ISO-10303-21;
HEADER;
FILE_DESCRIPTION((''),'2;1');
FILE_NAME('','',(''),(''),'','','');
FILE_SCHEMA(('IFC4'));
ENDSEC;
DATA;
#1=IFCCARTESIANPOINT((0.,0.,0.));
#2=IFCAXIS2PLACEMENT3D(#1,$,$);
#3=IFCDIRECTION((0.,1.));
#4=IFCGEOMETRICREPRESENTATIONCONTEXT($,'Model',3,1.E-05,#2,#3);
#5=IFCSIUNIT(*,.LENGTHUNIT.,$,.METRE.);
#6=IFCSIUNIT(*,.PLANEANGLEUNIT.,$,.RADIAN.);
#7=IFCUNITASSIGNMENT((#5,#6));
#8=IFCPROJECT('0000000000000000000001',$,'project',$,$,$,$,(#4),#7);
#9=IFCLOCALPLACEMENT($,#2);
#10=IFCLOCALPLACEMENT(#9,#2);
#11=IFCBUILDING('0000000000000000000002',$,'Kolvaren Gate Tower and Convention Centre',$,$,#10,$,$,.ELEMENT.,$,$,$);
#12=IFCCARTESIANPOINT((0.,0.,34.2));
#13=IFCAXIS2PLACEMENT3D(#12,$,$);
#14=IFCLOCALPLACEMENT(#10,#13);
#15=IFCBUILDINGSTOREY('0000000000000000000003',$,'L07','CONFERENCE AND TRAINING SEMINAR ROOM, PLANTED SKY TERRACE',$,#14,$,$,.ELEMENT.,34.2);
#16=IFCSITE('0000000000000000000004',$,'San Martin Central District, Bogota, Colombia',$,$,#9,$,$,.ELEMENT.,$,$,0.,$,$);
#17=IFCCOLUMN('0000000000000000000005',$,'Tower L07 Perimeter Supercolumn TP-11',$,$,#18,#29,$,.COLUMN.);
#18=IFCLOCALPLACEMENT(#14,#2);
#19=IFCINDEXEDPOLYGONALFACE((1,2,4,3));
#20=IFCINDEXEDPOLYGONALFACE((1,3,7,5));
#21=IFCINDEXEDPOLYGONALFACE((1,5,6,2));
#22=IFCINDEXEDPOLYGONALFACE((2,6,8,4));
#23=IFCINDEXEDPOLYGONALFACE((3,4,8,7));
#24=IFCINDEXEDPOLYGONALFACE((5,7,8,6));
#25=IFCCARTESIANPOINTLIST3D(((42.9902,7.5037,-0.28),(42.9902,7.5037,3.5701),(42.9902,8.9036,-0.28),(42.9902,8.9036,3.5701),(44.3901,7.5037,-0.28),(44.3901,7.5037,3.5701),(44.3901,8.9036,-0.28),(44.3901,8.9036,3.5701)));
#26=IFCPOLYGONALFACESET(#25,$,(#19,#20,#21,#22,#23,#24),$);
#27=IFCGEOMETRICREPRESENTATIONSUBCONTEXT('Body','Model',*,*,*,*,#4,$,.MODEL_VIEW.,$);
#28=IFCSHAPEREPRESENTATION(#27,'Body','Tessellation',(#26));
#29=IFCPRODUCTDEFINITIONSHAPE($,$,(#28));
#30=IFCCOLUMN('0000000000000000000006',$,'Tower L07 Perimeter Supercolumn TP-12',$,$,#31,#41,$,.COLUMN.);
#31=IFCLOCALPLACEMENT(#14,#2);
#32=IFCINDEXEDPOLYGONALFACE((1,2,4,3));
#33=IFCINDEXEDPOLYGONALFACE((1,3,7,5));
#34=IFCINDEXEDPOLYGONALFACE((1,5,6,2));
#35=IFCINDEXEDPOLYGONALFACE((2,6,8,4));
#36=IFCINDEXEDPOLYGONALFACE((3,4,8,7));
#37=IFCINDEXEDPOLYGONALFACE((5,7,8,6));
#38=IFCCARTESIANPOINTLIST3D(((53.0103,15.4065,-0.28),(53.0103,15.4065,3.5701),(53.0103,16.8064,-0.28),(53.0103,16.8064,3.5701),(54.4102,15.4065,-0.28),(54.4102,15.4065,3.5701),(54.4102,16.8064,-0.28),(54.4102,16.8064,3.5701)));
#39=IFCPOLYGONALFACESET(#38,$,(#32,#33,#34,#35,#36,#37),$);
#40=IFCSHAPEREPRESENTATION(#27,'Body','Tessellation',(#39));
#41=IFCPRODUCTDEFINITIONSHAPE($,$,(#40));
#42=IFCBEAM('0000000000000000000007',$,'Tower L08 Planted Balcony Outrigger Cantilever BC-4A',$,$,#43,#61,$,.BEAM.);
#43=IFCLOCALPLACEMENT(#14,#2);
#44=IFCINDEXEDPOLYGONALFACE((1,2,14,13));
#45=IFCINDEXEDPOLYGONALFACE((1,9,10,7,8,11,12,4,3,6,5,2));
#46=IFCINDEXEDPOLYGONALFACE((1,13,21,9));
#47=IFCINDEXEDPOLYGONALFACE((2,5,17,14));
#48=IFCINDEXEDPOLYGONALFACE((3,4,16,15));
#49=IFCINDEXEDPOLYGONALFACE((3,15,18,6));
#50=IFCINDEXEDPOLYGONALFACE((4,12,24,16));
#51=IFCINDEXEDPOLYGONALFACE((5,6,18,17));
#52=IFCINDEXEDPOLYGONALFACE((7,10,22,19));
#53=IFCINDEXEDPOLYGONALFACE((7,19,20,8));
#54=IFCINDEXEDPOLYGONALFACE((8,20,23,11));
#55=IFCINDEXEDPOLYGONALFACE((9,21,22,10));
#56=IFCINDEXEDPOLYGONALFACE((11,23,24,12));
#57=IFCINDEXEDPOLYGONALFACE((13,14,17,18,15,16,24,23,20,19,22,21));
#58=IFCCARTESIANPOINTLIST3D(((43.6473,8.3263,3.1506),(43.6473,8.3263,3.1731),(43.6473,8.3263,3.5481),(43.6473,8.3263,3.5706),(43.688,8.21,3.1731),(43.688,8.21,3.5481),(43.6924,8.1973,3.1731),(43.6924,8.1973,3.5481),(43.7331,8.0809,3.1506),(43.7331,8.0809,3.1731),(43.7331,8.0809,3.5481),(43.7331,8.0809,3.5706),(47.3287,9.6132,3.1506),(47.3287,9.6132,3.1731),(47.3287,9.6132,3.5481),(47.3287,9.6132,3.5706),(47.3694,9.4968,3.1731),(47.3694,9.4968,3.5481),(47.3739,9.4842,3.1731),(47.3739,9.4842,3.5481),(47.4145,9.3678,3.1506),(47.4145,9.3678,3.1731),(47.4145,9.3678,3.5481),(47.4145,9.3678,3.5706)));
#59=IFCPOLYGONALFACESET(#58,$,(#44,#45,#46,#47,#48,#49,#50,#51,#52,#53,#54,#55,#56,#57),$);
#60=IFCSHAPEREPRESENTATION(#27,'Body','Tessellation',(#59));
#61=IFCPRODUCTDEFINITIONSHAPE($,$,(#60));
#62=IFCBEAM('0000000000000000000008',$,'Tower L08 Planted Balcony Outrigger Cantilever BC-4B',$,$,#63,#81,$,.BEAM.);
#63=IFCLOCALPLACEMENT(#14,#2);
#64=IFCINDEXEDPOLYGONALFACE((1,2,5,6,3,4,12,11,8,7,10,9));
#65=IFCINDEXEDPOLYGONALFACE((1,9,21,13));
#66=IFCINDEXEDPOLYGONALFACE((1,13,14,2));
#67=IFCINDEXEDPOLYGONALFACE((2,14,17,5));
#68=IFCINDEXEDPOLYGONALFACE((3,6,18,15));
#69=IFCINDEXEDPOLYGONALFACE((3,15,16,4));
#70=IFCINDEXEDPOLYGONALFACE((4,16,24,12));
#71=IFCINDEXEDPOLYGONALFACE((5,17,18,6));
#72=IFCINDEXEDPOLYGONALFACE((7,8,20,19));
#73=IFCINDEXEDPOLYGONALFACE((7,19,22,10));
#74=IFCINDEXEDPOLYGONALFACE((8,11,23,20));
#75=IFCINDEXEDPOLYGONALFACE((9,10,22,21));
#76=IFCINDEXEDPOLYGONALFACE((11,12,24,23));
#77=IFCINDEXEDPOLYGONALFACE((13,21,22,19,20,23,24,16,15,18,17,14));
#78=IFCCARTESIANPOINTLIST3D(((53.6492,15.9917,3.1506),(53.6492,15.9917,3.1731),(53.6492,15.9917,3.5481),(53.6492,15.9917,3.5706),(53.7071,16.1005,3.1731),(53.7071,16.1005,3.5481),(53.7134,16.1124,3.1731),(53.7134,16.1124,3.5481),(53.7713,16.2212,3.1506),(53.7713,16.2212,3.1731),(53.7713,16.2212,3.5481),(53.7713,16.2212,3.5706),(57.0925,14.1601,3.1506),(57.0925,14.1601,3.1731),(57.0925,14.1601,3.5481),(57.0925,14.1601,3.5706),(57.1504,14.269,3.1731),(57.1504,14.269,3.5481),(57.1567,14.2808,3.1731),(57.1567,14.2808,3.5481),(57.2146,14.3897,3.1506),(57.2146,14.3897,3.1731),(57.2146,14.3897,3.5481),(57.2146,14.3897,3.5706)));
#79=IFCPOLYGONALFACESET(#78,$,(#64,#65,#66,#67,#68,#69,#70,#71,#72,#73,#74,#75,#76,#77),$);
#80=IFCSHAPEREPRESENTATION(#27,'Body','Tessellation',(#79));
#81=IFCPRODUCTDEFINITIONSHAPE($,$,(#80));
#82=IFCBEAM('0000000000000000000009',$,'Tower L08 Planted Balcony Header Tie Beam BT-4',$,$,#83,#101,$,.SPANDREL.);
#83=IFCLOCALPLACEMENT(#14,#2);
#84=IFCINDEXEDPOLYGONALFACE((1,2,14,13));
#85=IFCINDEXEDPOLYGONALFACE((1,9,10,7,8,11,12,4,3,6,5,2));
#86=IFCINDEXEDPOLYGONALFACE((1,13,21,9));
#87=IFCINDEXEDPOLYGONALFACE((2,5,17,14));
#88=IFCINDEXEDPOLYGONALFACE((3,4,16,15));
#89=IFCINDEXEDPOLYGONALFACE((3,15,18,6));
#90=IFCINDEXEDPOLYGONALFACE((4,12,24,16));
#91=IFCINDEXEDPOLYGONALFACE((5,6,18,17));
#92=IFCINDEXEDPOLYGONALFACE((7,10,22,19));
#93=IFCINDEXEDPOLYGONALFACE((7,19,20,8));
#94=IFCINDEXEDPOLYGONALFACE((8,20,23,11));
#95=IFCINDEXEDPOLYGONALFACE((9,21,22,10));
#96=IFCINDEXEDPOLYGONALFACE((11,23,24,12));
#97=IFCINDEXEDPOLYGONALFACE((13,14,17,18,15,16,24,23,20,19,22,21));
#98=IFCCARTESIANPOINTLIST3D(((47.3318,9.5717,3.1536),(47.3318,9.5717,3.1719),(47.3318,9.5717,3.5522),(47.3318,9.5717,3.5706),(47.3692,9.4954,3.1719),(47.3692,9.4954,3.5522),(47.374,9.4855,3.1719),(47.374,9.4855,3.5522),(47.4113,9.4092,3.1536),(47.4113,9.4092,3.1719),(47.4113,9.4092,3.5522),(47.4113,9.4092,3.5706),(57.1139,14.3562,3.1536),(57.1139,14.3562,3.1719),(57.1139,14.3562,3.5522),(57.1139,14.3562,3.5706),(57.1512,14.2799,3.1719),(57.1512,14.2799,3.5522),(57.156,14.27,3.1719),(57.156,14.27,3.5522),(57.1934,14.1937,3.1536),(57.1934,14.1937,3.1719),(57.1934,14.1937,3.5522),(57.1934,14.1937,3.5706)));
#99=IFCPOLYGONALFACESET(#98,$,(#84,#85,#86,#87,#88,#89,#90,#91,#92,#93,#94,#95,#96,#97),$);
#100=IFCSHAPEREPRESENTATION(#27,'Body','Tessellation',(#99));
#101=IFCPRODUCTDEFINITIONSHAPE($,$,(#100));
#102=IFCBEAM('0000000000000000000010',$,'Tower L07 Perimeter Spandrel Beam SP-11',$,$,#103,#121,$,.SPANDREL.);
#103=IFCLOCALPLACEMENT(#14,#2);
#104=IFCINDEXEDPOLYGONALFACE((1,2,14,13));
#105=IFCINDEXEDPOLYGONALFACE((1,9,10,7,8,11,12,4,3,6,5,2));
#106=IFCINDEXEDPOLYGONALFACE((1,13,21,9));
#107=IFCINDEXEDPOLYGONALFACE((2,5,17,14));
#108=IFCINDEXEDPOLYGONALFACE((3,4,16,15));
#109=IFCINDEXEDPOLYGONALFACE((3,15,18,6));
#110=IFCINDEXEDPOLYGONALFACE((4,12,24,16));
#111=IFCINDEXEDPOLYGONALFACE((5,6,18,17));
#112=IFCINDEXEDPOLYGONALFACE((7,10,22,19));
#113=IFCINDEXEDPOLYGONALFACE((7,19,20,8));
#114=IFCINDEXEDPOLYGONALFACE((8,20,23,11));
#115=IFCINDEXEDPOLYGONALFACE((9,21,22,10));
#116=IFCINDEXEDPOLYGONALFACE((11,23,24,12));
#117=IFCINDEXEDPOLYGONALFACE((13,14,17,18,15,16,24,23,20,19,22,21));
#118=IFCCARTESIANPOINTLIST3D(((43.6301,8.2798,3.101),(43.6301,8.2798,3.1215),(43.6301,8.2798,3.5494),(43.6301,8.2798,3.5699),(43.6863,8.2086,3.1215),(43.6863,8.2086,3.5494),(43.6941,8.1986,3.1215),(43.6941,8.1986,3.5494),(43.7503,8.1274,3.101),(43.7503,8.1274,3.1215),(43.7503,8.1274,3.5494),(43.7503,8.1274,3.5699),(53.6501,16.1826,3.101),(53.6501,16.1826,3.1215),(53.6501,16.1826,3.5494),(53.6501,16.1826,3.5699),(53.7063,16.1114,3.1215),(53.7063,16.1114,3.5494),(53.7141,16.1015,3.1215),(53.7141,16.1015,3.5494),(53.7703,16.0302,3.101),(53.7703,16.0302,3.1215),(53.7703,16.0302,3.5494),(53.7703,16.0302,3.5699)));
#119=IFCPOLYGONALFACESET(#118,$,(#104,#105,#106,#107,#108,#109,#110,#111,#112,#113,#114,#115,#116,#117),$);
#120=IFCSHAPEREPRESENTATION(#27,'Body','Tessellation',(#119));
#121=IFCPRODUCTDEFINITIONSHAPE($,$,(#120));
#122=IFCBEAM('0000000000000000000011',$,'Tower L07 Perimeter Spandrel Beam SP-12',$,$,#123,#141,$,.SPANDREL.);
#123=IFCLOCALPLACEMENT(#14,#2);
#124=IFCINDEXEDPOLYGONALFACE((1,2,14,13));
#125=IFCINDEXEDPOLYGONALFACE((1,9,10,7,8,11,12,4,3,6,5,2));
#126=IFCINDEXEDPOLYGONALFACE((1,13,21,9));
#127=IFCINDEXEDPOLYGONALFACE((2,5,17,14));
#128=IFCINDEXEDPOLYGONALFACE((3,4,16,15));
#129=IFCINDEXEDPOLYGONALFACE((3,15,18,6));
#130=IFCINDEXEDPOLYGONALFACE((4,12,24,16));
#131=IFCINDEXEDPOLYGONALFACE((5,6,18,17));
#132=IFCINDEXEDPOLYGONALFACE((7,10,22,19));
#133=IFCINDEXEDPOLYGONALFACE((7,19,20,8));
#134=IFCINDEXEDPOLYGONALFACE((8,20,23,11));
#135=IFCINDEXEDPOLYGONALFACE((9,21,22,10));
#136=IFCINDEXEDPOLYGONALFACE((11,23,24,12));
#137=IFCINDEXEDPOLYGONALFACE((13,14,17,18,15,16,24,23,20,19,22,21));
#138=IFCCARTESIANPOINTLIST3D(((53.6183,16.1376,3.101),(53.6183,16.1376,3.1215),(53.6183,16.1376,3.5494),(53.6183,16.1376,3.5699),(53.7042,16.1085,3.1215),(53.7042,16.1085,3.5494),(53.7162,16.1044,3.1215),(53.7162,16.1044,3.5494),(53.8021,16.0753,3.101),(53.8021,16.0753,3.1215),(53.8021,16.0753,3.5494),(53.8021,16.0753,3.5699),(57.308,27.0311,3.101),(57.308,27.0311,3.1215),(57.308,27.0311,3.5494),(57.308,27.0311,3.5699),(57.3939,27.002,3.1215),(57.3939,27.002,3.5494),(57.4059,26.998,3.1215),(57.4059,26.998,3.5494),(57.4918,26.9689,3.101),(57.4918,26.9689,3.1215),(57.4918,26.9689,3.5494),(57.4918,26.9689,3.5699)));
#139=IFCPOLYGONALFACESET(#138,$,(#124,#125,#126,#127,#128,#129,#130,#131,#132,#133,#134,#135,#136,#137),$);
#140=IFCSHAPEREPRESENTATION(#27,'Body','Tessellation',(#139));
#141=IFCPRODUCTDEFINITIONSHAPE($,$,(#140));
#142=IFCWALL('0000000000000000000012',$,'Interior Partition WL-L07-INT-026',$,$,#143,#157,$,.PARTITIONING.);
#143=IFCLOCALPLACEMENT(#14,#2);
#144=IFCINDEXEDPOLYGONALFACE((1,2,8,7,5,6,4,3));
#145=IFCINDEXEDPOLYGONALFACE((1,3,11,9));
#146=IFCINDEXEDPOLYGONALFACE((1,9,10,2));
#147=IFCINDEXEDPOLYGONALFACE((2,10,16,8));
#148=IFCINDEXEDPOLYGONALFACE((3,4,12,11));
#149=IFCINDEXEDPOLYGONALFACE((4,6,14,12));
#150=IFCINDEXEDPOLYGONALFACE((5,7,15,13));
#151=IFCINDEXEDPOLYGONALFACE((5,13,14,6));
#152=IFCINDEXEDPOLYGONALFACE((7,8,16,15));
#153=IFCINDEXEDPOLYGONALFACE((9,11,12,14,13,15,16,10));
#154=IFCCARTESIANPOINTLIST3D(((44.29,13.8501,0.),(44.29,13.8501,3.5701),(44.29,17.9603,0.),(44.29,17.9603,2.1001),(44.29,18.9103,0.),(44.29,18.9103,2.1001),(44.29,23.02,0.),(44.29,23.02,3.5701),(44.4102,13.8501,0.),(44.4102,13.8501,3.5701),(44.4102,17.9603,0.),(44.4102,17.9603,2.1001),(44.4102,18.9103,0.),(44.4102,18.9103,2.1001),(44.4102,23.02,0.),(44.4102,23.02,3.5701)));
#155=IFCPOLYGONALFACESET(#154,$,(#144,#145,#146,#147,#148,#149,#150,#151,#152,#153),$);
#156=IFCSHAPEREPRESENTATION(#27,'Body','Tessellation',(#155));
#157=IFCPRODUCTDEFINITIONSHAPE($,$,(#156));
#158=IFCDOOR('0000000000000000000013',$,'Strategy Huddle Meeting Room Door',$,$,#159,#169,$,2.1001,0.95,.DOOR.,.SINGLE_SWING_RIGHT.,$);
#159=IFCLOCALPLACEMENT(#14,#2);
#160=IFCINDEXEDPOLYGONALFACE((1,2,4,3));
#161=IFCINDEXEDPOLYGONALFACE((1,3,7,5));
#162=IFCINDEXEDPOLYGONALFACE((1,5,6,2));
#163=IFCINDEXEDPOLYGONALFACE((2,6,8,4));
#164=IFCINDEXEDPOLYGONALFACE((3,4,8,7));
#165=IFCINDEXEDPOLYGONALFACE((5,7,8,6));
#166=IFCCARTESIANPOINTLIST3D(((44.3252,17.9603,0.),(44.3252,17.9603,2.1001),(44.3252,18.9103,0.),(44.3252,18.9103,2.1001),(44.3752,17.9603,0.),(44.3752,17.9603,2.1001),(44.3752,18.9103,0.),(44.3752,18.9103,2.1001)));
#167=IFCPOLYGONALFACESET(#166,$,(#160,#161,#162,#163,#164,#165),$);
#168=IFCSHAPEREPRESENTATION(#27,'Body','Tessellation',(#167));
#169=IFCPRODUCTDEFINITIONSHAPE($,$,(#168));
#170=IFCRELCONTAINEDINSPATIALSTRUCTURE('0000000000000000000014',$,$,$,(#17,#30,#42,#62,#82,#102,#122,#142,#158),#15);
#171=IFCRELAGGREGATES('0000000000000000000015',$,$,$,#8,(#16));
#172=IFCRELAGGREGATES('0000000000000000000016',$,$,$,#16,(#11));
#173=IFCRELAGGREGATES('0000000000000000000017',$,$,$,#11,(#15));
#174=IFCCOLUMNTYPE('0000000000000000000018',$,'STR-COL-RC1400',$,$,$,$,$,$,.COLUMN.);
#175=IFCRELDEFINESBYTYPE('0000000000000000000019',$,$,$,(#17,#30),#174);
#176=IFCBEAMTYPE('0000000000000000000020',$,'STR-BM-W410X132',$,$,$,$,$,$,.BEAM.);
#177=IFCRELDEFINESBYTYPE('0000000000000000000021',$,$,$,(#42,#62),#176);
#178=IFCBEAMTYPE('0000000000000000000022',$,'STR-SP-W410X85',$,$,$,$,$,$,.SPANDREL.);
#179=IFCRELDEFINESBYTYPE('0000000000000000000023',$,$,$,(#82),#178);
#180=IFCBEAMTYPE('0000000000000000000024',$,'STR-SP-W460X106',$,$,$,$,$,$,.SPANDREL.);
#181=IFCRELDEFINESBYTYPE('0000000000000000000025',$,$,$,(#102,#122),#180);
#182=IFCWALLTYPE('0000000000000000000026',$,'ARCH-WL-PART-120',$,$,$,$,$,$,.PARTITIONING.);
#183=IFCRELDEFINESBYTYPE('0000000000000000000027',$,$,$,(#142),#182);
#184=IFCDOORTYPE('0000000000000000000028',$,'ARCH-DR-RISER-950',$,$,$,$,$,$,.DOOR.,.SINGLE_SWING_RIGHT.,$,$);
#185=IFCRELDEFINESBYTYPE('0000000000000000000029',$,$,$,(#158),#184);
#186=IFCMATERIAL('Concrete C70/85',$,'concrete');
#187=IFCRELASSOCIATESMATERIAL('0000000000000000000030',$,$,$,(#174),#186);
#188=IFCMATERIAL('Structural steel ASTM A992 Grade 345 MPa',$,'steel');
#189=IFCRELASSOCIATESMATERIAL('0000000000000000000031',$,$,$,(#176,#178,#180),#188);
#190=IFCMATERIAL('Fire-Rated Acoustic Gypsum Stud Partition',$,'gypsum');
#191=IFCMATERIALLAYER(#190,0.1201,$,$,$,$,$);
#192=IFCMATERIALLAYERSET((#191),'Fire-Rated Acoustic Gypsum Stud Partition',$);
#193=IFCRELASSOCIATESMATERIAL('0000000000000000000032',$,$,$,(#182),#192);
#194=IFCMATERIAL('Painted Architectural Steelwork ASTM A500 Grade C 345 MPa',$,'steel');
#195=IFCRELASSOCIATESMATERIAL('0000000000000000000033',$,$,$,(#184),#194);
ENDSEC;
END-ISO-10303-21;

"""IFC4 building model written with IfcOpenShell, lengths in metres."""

from ifc_helpers import new_model, si_unit, direction, frame, frame_2d, origin, origin_2d, place, context, subcontext, project, spatial, rectangle, i_section, extrude, material, layer, layer_set, material_profile, profile_set, type_object, element, fill, save


model = new_model("IFC4")

# Units and contexts
model_context = context("Model", 3, precision=1e-05, world=origin(), true_north=direction((0.0, 1.0)))
body_context = subcontext(model_context, "Body", "Model", "MODEL_VIEW")
ifc_project = project(units=[si_unit("LENGTHUNIT", "METRE"), si_unit("PLANEANGLEUNIT", "RADIAN")], contexts=[model_context])

# Site, building, storey
site_placement = place(None, origin())
site = spatial("IfcSite", under=ifc_project, at=site_placement, Name="San Martin Central District, Bogota, Colombia", CompositionType="ELEMENT", RefElevation=0.0)
building_placement = place(site_placement, origin())
building = spatial("IfcBuilding", under=site, at=building_placement, Name="Kolvaren Gate Tower and Convention Centre", CompositionType="ELEMENT")
storey_placement = place(building_placement, frame((0.0, 0.0, 34.2)))
storey = spatial("IfcBuildingStorey", under=building, at=storey_placement, Name="L07", Description="CONFERENCE AND TRAINING SEMINAR ROOM, PLANTED SKY TERRACE", CompositionType="ELEMENT", Elevation=34.2)

# Columns
ifc_material_1 = material(Name="Concrete C70/85", Category="concrete")
ifc_material_profile_1 = material_profile(ifc_material_1, rectangle(XDim=1.3999, YDim=1.3999, at=origin_2d()), Name="RC-COL-1400X1400")
ifc_profile_set_1 = profile_set([ifc_material_profile_1], Name="Concrete C70/85")
column_type = type_object("IfcColumnType", Name="STR-COL-RC1400", PredefinedType="COLUMN", material=ifc_profile_set_1)
for number, where, z_axis, x_axis, name in (
    (1, (43.6902, 8.2036, -0.28), (0.0, 0.0, 1.0), (1.0, 0.0, 0.0), "Tower L07 Perimeter Supercolumn TP-11"),
    (2, (53.7102, 16.1064, -0.28), (0.0, 0.0, 1.0), (1.0, 0.0, 0.0), "Tower L07 Perimeter Supercolumn TP-12"),
):
    element("IfcColumn", number, at=place(storey_placement, frame(where, z_axis=z_axis, x_axis=x_axis)), inside=storey, type_object=column_type, Name=name, PredefinedType="COLUMN", context=body_context, shape_type="SweptSolid", body=[
        extrude(rectangle(XDim=1.3999, YDim=1.3999, at=origin_2d()), origin(), (0.0, 0.0, 1.0), 3.8501),
    ])

# Beams
ifc_material_2 = material(Name="Structural steel ASTM A992 Grade 345 MPa", Category="steel")
ifc_material_profile_2 = material_profile(ifc_material_2, i_section(OverallWidth=0.26, OverallDepth=0.4199, WebThickness=0.0134, FlangeThickness=0.0225, at=origin_2d()), Name="W410X132")
ifc_profile_set_2 = profile_set([ifc_material_profile_2], Name="Structural steel ASTM A992 Grade 345 MPa")
beam_type_1 = type_object("IfcBeamType", Name="STR-BM-W410X132", PredefinedType="BEAM", material=ifc_profile_set_2)
beam_1_placement = place(storey_placement, frame((43.6902, 8.2036, 3.3606), z_axis=(0.943988, 0.32998, 0.0), x_axis=(-0.32998, 0.943988, 0.0)))
element("IfcBeam", 3, at=beam_1_placement, inside=storey, type_object=beam_type_1, Name="Tower L08 Planted Balcony Outrigger Cantilever BC-4A", PredefinedType="BEAM", context=body_context, shape_type="SweptSolid", body=[
    extrude(i_section(OverallWidth=0.26, OverallDepth=0.4199, WebThickness=0.0134, FlangeThickness=0.0225, at=origin_2d()), origin(), (0.0, 0.0, 1.0), 3.8999),
])
beam_2_placement = place(storey_placement, frame((53.7102, 16.1064, 3.3606), z_axis=(0.882876, -0.469607, 0.0), x_axis=(0.469607, 0.882876, 0.0)))
element("IfcBeam", 4, at=beam_2_placement, inside=storey, type_object=beam_type_1, Name="Tower L08 Planted Balcony Outrigger Cantilever BC-4B", PredefinedType="BEAM", context=body_context, shape_type="SweptSolid", body=[
    extrude(i_section(OverallWidth=0.26, OverallDepth=0.4199, WebThickness=0.0134, FlangeThickness=0.0225, at=origin_2d()), origin(), (0.0, 0.0, 1.0), 3.9001),
])
ifc_material_profile_3 = material_profile(ifc_material_2, i_section(OverallWidth=0.1809, OverallDepth=0.417, WebThickness=0.011, FlangeThickness=0.0183, at=origin_2d()), Name="W410X85")
ifc_profile_set_3 = profile_set([ifc_material_profile_3], Name="Structural steel ASTM A992 Grade 345 MPa")
beam_type_2 = type_object("IfcBeamType", Name="STR-SP-W410X85", PredefinedType="SPANDREL", material=ifc_profile_set_3)
beam_3_placement = place(storey_placement, frame((47.3716, 9.4905, 3.3621), z_axis=(0.898307, 0.439367, 0.0), x_axis=(-0.439367, 0.898307, 0.0)))
element("IfcBeam", 5, at=beam_3_placement, inside=storey, type_object=beam_type_2, Name="Tower L08 Planted Balcony Header Tie Beam BT-4", PredefinedType="SPANDREL", context=body_context, shape_type="SweptSolid", body=[
    extrude(i_section(OverallWidth=0.1809, OverallDepth=0.417, WebThickness=0.011, FlangeThickness=0.0183, at=origin_2d()), origin(), (0.0, 0.0, 1.0), 10.8894),
])
ifc_material_profile_4 = material_profile(ifc_material_2, i_section(OverallWidth=0.1941, OverallDepth=0.469, WebThickness=0.0127, FlangeThickness=0.0205, at=origin_2d()), Name="W460X106")
ifc_profile_set_4 = profile_set([ifc_material_profile_4], Name="Structural steel ASTM A992 Grade 345 MPa")
beam_type_3 = type_object("IfcBeamType", Name="STR-SP-W460X106", PredefinedType="SPANDREL", material=ifc_profile_set_4)
beam_4_placement = place(storey_placement, frame((43.6902, 8.2036, 3.3354), z_axis=(0.785176, 0.619272, 0.0), x_axis=(-0.619272, 0.785176, 0.0)))
element("IfcBeam", 6, at=beam_4_placement, inside=storey, type_object=beam_type_3, Name="Tower L07 Perimeter Spandrel Beam SP-11", PredefinedType="SPANDREL", context=body_context, shape_type="SweptSolid", body=[
    extrude(i_section(OverallWidth=0.1941, OverallDepth=0.469, WebThickness=0.0127, FlangeThickness=0.0205, at=origin_2d()), origin(), (0.0, 0.0, 1.0), 12.7615),
])
beam_5_placement = place(storey_placement, frame((53.7102, 16.1064, 3.3354), z_axis=(0.320803, 0.947146, 0.0), x_axis=(-0.947146, 0.320803, 0.0)))
element("IfcBeam", 7, at=beam_5_placement, inside=storey, type_object=beam_type_3, Name="Tower L07 Perimeter Spandrel Beam SP-12", PredefinedType="SPANDREL", context=body_context, shape_type="SweptSolid", body=[
    extrude(i_section(OverallWidth=0.1941, OverallDepth=0.469, WebThickness=0.0127, FlangeThickness=0.0205, at=origin_2d()), origin(), (0.0, 0.0, 1.0), 11.5015),
])

# Wall, opening, door
ifc_material_3 = material(Name="Fire-Rated Acoustic Gypsum Stud Partition", Category="gypsum")
ifc_layer_1 = layer(ifc_material_3, 0.1201)
ifc_layer_set_1 = layer_set([ifc_layer_1], Name="Fire-Rated Acoustic Gypsum Stud Partition")
wall_type_1 = type_object("IfcWallType", Name="ARCH-WL-PART-120", PredefinedType="PARTITIONING", material=ifc_layer_set_1)
wall_1_placement = place(storey_placement, frame((44.3501, 13.8501, 0.0), z_axis=(0.0, 0.0, 1.0), x_axis=(0.0, 1.0, 0.0)))
wall_1 = element("IfcWall", 8, at=wall_1_placement, inside=storey, type_object=wall_type_1, Name="Interior Partition WL-L07-INT-026", PredefinedType="PARTITIONING", context=body_context, shape_type="SweptSolid", body=[
    extrude(rectangle(XDim=9.1699, YDim=0.1201, at=frame_2d((4.585, 0.0))), origin(), (0.0, 0.0, 1.0), 3.5701),
])
opening_1_placement = place(wall_1_placement, frame((4.1101, 0.0, 0.0)))
opening_1 = element("IfcOpeningElement", 9, at=opening_1_placement, cuts=wall_1, PredefinedType="OPENING", context=body_context, shape_type="SweptSolid", body=[
    extrude(rectangle(XDim=0.95, YDim=2.1001, at=frame_2d((0.4751, 1.05))), frame((0.0, 0.0701, 0.0), z_axis=(0.0, -1.0, 0.0), x_axis=(1.0, 0.0, 0.0)), (0.0, 0.0, 1.0), 0.1401),
])
ifc_material_4 = material(Name="Painted Architectural Steelwork ASTM A500 Grade C 345 MPa", Category="steel")
door_type_1 = type_object("IfcDoorType", Name="ARCH-DR-RISER-950", OperationType="SINGLE_SWING_RIGHT", PredefinedType="DOOR", material=ifc_material_4)
door_1_placement = place(opening_1_placement, origin())
door_1 = element("IfcDoor", 10, at=door_1_placement, inside=storey, type_object=door_type_1, Name="Strategy Huddle Meeting Room Door", OperationType="SINGLE_SWING_RIGHT", OverallHeight=2.1001, OverallWidth=0.95, PredefinedType="DOOR", context=body_context, shape_type="SweptSolid", body=[
    extrude(rectangle(XDim=0.95, YDim=2.1001, at=frame_2d((0.4751, 1.05))), frame((0.0, 0.0249, 0.0), z_axis=(0.0, -1.0, 0.0), x_axis=(1.0, 0.0, 0.0)), (0.0, 0.0, 1.0), 0.05),
])
fill(opening_1, door_1)

save(model, "model.ifc")
